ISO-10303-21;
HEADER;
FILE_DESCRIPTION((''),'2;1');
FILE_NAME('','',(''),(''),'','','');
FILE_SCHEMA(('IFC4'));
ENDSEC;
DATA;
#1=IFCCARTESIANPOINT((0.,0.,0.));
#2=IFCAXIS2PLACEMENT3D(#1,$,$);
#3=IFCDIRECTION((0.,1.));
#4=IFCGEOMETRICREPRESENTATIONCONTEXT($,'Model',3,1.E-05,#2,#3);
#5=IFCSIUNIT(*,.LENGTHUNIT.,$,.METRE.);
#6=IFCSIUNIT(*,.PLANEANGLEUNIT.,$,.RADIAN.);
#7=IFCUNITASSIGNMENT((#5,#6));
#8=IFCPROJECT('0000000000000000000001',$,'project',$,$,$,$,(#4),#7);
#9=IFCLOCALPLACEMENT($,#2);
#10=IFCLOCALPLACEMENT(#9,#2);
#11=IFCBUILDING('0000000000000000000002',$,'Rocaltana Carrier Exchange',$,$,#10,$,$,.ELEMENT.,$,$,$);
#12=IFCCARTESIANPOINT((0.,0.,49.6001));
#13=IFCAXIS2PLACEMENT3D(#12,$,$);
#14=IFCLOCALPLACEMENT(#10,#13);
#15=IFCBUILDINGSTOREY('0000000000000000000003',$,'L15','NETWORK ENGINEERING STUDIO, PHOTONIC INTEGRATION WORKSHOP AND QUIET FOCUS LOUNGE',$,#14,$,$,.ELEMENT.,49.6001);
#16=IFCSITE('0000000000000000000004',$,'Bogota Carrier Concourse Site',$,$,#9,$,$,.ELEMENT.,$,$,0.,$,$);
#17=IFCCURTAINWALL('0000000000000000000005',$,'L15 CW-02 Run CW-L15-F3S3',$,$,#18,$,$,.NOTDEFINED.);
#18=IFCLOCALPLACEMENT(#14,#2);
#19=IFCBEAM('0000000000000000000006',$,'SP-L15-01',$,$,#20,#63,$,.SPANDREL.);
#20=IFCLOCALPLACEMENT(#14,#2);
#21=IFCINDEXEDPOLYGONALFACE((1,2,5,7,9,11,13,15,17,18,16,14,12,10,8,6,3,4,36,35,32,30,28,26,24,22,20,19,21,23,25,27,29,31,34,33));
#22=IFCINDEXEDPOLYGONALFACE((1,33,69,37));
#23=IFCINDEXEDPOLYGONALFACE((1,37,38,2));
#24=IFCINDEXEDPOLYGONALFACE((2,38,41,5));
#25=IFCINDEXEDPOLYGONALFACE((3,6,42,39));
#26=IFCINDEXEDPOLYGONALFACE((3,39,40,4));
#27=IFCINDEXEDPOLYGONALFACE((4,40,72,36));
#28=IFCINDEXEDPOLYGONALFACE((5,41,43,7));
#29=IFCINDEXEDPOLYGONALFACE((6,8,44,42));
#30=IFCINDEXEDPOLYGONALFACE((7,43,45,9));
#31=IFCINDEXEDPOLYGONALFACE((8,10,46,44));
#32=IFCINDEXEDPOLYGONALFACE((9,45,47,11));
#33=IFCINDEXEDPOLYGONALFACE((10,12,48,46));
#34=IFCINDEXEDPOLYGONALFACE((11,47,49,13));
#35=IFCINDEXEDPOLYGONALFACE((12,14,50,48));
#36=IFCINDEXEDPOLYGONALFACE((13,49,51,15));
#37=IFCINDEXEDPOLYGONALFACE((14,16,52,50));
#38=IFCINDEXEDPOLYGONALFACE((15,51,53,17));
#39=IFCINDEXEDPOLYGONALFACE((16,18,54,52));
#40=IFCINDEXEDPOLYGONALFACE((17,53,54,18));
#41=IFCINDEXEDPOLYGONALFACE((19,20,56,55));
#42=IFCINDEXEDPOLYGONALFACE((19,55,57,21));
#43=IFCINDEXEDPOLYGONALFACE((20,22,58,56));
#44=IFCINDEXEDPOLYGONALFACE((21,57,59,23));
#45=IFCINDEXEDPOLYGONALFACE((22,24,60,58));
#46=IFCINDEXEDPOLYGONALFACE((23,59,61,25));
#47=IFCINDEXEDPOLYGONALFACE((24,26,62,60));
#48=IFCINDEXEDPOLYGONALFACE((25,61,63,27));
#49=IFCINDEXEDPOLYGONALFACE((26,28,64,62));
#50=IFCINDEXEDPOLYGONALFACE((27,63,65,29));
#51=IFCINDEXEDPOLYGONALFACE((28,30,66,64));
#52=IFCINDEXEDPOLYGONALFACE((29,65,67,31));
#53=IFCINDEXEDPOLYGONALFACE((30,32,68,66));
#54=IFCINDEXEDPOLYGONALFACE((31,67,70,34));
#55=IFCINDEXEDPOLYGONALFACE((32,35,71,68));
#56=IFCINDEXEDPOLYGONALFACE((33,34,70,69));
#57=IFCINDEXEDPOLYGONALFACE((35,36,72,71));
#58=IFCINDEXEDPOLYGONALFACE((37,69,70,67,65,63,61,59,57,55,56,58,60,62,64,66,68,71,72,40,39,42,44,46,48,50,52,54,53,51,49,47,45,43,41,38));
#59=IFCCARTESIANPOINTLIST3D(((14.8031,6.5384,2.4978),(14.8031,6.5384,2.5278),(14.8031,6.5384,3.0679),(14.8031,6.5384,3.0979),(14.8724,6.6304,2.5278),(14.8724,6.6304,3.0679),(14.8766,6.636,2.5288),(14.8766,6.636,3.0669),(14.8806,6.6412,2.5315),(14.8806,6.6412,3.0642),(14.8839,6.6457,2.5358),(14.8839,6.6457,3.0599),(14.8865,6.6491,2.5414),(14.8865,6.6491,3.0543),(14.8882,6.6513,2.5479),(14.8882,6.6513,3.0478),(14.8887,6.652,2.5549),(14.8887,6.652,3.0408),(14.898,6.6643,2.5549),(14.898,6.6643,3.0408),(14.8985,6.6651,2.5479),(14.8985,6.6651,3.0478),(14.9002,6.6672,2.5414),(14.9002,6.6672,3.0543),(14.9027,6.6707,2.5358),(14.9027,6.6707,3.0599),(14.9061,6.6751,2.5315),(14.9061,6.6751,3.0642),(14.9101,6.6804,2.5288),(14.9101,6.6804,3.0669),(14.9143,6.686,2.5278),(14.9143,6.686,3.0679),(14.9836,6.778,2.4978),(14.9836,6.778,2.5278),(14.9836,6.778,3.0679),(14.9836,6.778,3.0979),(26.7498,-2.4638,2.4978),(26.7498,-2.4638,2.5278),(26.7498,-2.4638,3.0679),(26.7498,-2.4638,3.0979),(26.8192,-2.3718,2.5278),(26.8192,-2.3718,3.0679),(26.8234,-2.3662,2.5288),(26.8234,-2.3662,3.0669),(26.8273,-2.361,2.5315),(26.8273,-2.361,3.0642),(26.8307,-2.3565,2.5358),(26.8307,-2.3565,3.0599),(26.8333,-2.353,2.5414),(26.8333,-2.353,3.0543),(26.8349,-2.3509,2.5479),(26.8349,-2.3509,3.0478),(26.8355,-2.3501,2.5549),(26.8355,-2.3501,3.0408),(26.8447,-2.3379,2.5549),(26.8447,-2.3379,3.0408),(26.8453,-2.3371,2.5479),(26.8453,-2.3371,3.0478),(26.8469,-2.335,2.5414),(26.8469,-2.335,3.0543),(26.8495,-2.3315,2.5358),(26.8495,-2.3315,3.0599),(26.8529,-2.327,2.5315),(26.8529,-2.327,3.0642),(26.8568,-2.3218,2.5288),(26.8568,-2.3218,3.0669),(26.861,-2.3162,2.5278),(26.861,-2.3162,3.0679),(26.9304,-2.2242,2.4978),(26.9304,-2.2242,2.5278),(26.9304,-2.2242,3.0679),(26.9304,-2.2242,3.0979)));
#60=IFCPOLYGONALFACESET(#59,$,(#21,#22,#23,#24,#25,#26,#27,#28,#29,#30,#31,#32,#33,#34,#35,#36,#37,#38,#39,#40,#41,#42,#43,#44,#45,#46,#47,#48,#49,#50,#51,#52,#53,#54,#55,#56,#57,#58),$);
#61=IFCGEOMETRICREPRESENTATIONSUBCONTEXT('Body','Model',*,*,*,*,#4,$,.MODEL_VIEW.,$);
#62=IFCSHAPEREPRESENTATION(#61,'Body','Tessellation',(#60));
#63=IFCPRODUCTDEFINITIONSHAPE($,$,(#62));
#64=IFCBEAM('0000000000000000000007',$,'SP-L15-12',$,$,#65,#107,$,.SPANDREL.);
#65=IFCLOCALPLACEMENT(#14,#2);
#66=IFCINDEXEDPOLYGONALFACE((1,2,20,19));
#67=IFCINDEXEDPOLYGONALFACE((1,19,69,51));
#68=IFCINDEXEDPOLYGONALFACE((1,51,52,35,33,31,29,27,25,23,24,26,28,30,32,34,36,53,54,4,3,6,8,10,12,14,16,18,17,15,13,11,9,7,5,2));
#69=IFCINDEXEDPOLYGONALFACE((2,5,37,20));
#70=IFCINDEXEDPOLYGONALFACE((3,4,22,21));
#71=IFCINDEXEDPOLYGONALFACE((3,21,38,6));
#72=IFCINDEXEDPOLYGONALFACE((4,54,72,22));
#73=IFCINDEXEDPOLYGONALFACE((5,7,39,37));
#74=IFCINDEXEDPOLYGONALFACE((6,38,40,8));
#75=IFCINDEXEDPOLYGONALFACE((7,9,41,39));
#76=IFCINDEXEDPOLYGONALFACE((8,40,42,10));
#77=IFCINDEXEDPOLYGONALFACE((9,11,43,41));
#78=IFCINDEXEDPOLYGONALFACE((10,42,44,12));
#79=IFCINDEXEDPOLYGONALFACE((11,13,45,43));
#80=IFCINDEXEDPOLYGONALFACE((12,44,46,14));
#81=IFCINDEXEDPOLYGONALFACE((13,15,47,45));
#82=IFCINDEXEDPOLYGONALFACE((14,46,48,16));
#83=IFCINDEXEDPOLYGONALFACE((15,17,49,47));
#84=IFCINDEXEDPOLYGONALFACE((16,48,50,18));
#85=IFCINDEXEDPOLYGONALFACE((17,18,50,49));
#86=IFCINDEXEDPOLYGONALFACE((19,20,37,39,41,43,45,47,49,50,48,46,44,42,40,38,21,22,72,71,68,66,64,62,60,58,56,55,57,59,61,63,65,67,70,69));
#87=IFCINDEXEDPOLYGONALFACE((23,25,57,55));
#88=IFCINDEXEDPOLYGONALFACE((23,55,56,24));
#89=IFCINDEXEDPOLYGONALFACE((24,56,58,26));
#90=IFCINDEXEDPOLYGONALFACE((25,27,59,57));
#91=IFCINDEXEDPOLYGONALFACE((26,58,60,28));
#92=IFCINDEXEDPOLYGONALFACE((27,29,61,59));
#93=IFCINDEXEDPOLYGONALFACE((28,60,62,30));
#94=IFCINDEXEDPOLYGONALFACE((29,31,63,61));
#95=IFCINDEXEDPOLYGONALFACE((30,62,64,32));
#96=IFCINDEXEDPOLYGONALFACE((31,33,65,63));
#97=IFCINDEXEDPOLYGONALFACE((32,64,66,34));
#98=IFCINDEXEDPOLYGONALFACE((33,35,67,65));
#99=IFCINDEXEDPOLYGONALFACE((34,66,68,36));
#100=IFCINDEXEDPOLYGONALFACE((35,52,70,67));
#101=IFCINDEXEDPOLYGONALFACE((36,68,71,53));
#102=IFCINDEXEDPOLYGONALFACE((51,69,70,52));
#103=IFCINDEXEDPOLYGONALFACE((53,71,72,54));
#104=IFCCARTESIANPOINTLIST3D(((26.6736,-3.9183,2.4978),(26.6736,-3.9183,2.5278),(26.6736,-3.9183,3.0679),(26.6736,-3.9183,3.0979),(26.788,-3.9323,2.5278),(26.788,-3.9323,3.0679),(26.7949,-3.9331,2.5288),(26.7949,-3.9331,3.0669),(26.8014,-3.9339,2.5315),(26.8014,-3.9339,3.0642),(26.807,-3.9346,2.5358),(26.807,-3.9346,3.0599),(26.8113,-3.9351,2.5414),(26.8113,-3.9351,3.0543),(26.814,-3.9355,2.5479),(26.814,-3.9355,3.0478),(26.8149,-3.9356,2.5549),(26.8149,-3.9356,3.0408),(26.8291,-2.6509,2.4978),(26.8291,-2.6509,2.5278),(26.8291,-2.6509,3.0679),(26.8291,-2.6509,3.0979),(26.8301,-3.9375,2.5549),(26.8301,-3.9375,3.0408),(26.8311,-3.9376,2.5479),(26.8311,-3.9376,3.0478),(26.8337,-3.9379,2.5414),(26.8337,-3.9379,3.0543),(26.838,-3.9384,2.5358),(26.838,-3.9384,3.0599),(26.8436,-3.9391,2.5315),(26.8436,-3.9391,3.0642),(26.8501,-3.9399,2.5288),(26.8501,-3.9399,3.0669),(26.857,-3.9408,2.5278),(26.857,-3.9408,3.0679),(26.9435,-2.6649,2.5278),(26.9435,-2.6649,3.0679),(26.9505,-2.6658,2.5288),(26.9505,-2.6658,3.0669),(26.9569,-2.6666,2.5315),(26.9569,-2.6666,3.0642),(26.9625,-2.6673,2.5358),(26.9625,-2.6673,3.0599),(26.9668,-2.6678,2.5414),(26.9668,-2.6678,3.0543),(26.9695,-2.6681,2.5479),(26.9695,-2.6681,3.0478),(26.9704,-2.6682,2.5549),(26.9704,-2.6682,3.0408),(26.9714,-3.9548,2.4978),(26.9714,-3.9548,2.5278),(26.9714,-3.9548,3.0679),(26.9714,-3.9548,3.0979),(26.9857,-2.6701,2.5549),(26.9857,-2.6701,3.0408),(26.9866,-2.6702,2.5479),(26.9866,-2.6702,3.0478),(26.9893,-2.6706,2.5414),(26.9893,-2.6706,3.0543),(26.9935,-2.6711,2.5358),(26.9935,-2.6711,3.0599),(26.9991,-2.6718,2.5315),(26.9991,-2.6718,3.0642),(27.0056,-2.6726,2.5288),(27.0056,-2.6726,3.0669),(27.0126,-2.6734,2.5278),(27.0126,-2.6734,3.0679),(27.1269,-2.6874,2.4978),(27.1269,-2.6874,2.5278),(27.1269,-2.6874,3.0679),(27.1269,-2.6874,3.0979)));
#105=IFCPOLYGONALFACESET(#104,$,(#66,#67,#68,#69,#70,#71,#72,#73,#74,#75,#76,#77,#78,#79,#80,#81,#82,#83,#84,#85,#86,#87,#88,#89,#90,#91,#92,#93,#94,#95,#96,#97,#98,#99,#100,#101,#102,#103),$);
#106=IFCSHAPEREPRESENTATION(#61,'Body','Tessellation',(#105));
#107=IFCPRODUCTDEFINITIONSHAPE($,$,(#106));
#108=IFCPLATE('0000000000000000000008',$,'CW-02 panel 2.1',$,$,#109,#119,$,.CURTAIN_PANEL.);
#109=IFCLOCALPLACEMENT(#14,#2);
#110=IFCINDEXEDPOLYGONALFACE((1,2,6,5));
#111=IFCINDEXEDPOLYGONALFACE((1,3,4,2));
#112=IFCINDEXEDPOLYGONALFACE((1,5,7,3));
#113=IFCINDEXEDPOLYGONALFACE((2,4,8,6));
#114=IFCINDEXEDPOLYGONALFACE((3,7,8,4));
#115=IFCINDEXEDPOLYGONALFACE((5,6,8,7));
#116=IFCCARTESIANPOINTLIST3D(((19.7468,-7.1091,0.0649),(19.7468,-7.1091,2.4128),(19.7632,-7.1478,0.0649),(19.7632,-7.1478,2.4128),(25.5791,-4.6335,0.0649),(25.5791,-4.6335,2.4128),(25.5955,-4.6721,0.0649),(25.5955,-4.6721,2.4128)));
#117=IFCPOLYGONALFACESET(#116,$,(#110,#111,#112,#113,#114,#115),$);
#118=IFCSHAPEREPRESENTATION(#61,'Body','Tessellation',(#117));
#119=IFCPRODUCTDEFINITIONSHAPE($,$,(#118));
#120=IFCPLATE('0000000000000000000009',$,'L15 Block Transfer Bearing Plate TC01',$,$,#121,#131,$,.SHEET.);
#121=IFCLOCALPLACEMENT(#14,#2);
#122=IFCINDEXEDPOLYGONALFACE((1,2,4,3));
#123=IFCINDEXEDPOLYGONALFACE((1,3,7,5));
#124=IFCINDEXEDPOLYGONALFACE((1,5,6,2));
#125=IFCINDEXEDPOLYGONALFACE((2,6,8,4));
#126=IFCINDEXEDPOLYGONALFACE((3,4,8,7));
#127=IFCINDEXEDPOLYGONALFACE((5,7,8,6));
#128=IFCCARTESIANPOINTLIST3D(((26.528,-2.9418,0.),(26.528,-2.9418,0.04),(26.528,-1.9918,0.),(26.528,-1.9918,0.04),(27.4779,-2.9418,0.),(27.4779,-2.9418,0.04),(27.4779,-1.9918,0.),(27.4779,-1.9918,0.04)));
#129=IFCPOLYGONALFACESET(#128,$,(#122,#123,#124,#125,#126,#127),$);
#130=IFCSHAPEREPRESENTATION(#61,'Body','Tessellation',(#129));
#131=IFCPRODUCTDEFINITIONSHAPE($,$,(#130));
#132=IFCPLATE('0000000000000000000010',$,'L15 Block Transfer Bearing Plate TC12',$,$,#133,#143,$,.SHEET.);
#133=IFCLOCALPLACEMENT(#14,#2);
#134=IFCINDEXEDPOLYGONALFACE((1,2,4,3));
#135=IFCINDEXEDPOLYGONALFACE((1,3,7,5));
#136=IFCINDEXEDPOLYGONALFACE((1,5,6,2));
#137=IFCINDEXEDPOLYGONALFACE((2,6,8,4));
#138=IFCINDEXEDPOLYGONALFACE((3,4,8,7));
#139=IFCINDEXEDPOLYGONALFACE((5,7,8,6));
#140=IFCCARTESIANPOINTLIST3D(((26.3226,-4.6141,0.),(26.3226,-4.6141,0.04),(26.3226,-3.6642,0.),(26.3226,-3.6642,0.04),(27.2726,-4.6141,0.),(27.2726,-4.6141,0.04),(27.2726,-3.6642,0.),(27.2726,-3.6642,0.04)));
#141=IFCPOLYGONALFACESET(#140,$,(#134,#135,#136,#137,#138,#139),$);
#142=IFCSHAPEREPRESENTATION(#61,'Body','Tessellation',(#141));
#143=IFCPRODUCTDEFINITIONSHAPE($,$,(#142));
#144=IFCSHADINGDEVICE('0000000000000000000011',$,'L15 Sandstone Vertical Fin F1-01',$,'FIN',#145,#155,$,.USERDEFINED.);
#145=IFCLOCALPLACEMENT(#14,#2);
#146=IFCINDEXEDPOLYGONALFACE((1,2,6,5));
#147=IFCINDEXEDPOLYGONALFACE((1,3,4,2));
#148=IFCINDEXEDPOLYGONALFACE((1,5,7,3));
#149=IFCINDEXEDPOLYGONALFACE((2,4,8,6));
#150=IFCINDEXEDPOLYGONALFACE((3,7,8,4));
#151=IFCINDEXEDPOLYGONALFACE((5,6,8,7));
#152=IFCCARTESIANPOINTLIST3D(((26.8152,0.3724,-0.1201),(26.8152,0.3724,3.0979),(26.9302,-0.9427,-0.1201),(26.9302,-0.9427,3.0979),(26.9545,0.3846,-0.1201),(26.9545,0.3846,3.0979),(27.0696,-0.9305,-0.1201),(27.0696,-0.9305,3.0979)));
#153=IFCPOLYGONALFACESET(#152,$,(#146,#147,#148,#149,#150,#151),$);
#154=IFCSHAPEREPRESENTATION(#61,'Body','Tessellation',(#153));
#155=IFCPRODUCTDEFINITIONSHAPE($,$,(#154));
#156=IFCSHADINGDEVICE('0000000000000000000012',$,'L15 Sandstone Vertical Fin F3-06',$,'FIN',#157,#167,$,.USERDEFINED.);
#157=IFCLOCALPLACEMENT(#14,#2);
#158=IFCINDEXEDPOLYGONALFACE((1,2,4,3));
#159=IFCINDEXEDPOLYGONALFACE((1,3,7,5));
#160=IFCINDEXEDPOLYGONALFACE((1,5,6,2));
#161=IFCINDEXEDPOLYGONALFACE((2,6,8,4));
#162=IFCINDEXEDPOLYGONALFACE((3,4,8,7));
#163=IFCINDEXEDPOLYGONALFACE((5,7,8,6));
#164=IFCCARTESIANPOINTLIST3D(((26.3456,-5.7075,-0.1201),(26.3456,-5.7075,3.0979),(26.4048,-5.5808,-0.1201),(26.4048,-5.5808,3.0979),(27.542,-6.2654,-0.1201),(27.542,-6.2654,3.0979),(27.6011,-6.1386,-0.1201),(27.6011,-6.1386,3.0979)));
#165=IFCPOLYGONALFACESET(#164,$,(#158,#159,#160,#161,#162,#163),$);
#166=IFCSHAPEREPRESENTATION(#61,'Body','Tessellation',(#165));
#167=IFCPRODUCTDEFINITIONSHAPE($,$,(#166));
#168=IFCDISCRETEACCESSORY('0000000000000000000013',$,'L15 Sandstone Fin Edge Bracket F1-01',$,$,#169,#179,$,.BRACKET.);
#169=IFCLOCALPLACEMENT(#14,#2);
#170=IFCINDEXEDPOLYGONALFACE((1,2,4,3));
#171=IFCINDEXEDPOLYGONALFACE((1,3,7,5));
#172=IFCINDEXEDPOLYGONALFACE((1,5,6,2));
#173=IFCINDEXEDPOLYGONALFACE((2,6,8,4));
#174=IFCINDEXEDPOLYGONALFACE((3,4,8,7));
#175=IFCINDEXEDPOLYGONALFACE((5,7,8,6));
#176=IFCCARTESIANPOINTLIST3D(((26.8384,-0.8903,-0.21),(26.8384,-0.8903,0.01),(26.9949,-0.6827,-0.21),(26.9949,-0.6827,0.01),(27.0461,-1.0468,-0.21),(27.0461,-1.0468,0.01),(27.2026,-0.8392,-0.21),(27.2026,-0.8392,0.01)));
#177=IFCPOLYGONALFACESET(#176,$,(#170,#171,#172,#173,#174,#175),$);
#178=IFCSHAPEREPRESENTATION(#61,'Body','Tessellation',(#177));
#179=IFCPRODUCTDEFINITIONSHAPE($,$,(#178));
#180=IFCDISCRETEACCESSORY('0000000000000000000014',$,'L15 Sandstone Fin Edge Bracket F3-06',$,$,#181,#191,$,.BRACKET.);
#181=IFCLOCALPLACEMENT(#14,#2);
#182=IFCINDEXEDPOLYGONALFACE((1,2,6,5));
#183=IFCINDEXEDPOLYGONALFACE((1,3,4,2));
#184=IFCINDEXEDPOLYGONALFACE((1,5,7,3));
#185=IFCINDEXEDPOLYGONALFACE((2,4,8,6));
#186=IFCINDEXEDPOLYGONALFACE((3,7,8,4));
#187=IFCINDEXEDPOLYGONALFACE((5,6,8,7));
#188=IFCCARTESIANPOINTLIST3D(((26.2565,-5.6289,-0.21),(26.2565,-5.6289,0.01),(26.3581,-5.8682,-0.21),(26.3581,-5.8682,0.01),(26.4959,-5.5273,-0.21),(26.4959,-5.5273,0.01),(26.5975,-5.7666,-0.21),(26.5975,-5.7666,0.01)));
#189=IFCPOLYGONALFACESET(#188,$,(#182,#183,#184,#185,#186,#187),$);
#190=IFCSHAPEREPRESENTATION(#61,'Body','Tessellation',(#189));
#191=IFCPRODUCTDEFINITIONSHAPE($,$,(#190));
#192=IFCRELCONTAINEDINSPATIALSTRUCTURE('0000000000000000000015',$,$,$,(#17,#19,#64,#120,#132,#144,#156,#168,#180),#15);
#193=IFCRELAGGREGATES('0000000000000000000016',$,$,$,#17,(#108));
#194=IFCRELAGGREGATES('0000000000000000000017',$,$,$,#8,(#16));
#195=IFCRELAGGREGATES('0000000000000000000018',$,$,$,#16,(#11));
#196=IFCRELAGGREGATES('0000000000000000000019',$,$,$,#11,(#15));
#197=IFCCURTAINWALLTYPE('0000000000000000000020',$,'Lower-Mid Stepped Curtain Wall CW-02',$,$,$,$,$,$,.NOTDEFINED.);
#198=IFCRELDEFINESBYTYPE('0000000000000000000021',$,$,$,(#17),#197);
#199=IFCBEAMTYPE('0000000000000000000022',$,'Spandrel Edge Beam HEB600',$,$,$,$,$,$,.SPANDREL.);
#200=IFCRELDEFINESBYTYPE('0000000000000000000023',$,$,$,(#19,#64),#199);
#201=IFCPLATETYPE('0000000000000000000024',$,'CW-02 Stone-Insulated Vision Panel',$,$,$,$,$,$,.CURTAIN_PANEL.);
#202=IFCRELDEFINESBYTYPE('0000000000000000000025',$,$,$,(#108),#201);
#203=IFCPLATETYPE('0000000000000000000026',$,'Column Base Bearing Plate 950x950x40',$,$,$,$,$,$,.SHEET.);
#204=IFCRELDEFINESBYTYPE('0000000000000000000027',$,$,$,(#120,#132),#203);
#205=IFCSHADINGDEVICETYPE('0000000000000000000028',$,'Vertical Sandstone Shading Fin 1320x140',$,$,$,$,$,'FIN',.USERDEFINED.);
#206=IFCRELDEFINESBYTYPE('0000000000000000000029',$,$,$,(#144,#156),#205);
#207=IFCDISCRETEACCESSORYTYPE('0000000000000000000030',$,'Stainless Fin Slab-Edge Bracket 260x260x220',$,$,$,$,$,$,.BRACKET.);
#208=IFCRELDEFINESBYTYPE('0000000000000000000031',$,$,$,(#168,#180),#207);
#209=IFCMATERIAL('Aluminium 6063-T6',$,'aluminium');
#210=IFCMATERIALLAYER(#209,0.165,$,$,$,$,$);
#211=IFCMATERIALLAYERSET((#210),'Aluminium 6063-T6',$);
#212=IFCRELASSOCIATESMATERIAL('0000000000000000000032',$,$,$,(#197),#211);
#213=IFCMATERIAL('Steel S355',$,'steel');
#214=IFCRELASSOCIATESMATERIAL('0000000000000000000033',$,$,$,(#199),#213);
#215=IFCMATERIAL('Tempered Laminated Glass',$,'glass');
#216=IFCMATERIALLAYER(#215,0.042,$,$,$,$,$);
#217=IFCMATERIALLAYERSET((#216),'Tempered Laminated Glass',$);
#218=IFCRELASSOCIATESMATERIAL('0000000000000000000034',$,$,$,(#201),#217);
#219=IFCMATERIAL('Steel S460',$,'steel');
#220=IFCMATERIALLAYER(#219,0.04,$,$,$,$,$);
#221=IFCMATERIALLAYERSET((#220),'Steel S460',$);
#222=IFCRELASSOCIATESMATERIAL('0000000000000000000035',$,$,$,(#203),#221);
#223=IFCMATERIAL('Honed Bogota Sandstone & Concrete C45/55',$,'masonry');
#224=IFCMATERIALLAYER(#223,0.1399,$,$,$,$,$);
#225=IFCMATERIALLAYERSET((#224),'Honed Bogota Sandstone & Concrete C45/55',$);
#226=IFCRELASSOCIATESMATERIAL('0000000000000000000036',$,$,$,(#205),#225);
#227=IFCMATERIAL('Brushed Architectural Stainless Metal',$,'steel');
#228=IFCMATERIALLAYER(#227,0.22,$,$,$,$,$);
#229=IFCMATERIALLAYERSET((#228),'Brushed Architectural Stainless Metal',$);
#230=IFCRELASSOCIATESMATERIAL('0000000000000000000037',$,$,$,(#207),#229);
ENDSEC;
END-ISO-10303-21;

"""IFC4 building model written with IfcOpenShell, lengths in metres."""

from ifc_helpers import new_model, si_unit, direction, frame, origin, origin_2d, place, context, subcontext, project, spatial, rectangle, i_section, extrude, material, layer, layer_set, material_profile, profile_set, type_object, element, aggregate, save


model = new_model("IFC4")

# Units and contexts
model_context = context("Model", 3, precision=1e-05, world=origin(), true_north=direction((0.0, 1.0)))
body_context = subcontext(model_context, "Body", "Model", "MODEL_VIEW")
ifc_project = project(units=[si_unit("LENGTHUNIT", "METRE"), si_unit("PLANEANGLEUNIT", "RADIAN")], contexts=[model_context])

# Site, building, storey
site_placement = place(None, origin())
site = spatial("IfcSite", under=ifc_project, at=site_placement, Name="Bogota Carrier Concourse Site", CompositionType="ELEMENT", RefElevation=0.0)
building_placement = place(site_placement, origin())
building = spatial("IfcBuilding", under=site, at=building_placement, Name="Rocaltana Carrier Exchange", CompositionType="ELEMENT")
storey_placement = place(building_placement, frame((0.0, 0.0, 49.6001)))
storey = spatial("IfcBuildingStorey", under=building, at=storey_placement, Name="L15", Description="NETWORK ENGINEERING STUDIO, PHOTONIC INTEGRATION WORKSHOP AND QUIET FOCUS LOUNGE", CompositionType="ELEMENT", Elevation=49.6001)

# Shared definitions
ifc_material_1 = material(Name="Aluminium 6063-T6", Category="aluminium")
ifc_layer_1 = layer(ifc_material_1, 0.165)
ifc_layer_set_1 = layer_set([ifc_layer_1], Name="Aluminium 6063-T6")
curtain_wall_type = type_object("IfcCurtainWallType", Name="Lower-Mid Stepped Curtain Wall CW-02", PredefinedType="NOTDEFINED", material=ifc_layer_set_1)

# Curtain wall
curtain_wall_1_placement = place(storey_placement, origin())
curtain_wall_1 = element("IfcCurtainWall", 1, at=curtain_wall_1_placement, inside=storey, type_object=curtain_wall_type, Name="L15 CW-02 Run CW-L15-F3S3", PredefinedType="NOTDEFINED")

# Beams
ifc_material_2 = material(Name="Steel S355", Category="steel")
ifc_material_profile_1 = material_profile(ifc_material_2, i_section(OverallWidth=0.3, OverallDepth=0.6001, WebThickness=0.0154, FlangeThickness=0.03, FilletRadius=0.0271, at=origin_2d()), Name="HEB600")
ifc_profile_set_1 = profile_set([ifc_material_profile_1], Name="Steel S355")
beam_type_1 = type_object("IfcBeamType", Name="Spandrel Edge Beam HEB600", PredefinedType="SPANDREL", material=ifc_profile_set_1)
beam_1_placement = place(storey_placement, frame((26.8401, -2.344, 2.7979), z_axis=(-0.798647, 0.6018, 0.0), x_axis=(-0.6018, -0.798647, 0.0)))
element("IfcBeam", 2, at=beam_1_placement, inside=storey, type_object=beam_type_1, Name="SP-L15-01", PredefinedType="SPANDREL", context=body_context, shape_type="SweptSolid", body=[
    extrude(i_section(OverallWidth=0.3, OverallDepth=0.6001, WebThickness=0.0154, FlangeThickness=0.03, FilletRadius=0.0271, at=origin_2d()), origin(), (0.0, 0.0, 1.0), 14.9587),
])
beam_2_placement = place(storey_placement, frame((26.8225, -3.9365, 2.7979), z_axis=(0.121799, 0.992555, 0.0), x_axis=(-0.992555, 0.121799, 0.0)))
element("IfcBeam", 3, at=beam_2_placement, inside=storey, type_object=beam_type_1, Name="SP-L15-12", PredefinedType="SPANDREL", context=body_context, shape_type="SweptSolid", body=[
    extrude(i_section(OverallWidth=0.3, OverallDepth=0.6001, WebThickness=0.0154, FlangeThickness=0.03, FilletRadius=0.0271, at=origin_2d()), origin(), (0.0, 0.0, 1.0), 1.2769),
])

# Plate
ifc_material_3 = material(Name="Tempered Laminated Glass", Category="glass")
ifc_layer_2 = layer(ifc_material_3, 0.042)
ifc_layer_set_2 = layer_set([ifc_layer_2], Name="Tempered Laminated Glass")
plate_type_1 = type_object("IfcPlateType", Name="CW-02 Stone-Insulated Vision Panel", PredefinedType="CURTAIN_PANEL", material=ifc_layer_set_2)
plate_placement = place(storey_placement, frame((22.6711, -5.8906, 0.0649), z_axis=(0.0, 0.0, 1.0), x_axis=(0.920503, 0.390735, 0.0)))
plate = element("IfcPlate", 4, at=plate_placement, type_object=plate_type_1, Name="CW-02 panel 2.1", PredefinedType="CURTAIN_PANEL", context=body_context, shape_type="SweptSolid", body=[
    extrude(rectangle(XDim=6.3359, YDim=0.042, at=origin_2d()), origin(), (0.0, 0.0, 1.0), 2.3479),
])
aggregate(curtain_wall_1, [plate])

# Plates
ifc_material_4 = material(Name="Steel S460", Category="steel")
ifc_layer_3 = layer(ifc_material_4, 0.04)
ifc_layer_set_3 = layer_set([ifc_layer_3], Name="Steel S460")
plate_type_2 = type_object("IfcPlateType", Name="Column Base Bearing Plate 950x950x40", PredefinedType="SHEET", material=ifc_layer_set_3)
for number, where, z_axis, x_axis, name in (
    (5, (27.0029, -2.4668, 0.0), (0.0, 0.0, 1.0), (1.0, 0.0, 0.0), "L15 Block Transfer Bearing Plate TC01"),
    (6, (26.7976, -4.1392, 0.0), (0.0, 0.0, 1.0), (1.0, 0.0, 0.0), "L15 Block Transfer Bearing Plate TC12"),
):
    element("IfcPlate", number, at=place(storey_placement, frame(where, z_axis=z_axis, x_axis=x_axis)), inside=storey, type_object=plate_type_2, Name=name, PredefinedType="SHEET", context=body_context, shape_type="SweptSolid", body=[
        extrude(rectangle(XDim=0.95, YDim=0.95, at=origin_2d()), origin(), (0.0, 0.0, 1.0), 0.04),
    ])

# Shading devices
ifc_material_5 = material(Name="Honed Bogota Sandstone & Concrete C45/55", Category="masonry")
ifc_layer_4 = layer(ifc_material_5, 0.1399)
ifc_layer_set_4 = layer_set([ifc_layer_4], Name="Honed Bogota Sandstone & Concrete C45/55")
shading_device_type = type_object("IfcShadingDeviceType", Name="Vertical Sandstone Shading Fin 1320x140", ElementType="FIN", PredefinedType="USERDEFINED", material=ifc_layer_set_4)
for number, where, z_axis, x_axis, name in (
    (7, (26.9424, -0.2791, -0.1201), (0.0, 0.0, 1.0), (-0.087156, 0.996195, 0.0), "L15 Sandstone Vertical Fin F1-01"),
    (8, (26.9734, -5.9231, -0.1201), (0.0, 0.0, 1.0), (0.906308, -0.422618, 0.0), "L15 Sandstone Vertical Fin F3-06"),
):
    element("IfcShadingDevice", number, at=place(storey_placement, frame(where, z_axis=z_axis, x_axis=x_axis)), inside=storey, type_object=shading_device_type, Name=name, ObjectType="FIN", PredefinedType="USERDEFINED", context=body_context, shape_type="SweptSolid", body=[
        extrude(rectangle(XDim=1.3201, YDim=0.1399, at=origin_2d()), origin(), (0.0, 0.0, 1.0), 3.218),
    ])

# Discrete accessories
ifc_material_6 = material(Name="Brushed Architectural Stainless Metal", Category="steel")
ifc_layer_5 = layer(ifc_material_6, 0.22)
ifc_layer_set_5 = layer_set([ifc_layer_5], Name="Brushed Architectural Stainless Metal")
discrete_accessory_type = type_object("IfcDiscreteAccessoryType", Name="Stainless Fin Slab-Edge Bracket 260x260x220", PredefinedType="BRACKET", material=ifc_layer_set_5)
for number, where, z_axis, x_axis, name in (
    (9, (27.0205, -0.8647, -0.21), (0.0, 0.0, 1.0), (-0.798636, 0.601815, 0.0), "L15 Sandstone Fin Edge Bracket F1-01"),
    (10, (26.427, -5.6978, -0.21), (0.0, 0.0, 1.0), (0.920505, 0.390731, 0.0), "L15 Sandstone Fin Edge Bracket F3-06"),
):
    element("IfcDiscreteAccessory", number, at=place(storey_placement, frame(where, z_axis=z_axis, x_axis=x_axis)), inside=storey, type_object=discrete_accessory_type, Name=name, PredefinedType="BRACKET", context=body_context, shape_type="SweptSolid", body=[
        extrude(rectangle(XDim=0.26, YDim=0.26, at=origin_2d()), origin(), (0.0, 0.0, 1.0), 0.22),
    ])

save(model, "model.ifc")
